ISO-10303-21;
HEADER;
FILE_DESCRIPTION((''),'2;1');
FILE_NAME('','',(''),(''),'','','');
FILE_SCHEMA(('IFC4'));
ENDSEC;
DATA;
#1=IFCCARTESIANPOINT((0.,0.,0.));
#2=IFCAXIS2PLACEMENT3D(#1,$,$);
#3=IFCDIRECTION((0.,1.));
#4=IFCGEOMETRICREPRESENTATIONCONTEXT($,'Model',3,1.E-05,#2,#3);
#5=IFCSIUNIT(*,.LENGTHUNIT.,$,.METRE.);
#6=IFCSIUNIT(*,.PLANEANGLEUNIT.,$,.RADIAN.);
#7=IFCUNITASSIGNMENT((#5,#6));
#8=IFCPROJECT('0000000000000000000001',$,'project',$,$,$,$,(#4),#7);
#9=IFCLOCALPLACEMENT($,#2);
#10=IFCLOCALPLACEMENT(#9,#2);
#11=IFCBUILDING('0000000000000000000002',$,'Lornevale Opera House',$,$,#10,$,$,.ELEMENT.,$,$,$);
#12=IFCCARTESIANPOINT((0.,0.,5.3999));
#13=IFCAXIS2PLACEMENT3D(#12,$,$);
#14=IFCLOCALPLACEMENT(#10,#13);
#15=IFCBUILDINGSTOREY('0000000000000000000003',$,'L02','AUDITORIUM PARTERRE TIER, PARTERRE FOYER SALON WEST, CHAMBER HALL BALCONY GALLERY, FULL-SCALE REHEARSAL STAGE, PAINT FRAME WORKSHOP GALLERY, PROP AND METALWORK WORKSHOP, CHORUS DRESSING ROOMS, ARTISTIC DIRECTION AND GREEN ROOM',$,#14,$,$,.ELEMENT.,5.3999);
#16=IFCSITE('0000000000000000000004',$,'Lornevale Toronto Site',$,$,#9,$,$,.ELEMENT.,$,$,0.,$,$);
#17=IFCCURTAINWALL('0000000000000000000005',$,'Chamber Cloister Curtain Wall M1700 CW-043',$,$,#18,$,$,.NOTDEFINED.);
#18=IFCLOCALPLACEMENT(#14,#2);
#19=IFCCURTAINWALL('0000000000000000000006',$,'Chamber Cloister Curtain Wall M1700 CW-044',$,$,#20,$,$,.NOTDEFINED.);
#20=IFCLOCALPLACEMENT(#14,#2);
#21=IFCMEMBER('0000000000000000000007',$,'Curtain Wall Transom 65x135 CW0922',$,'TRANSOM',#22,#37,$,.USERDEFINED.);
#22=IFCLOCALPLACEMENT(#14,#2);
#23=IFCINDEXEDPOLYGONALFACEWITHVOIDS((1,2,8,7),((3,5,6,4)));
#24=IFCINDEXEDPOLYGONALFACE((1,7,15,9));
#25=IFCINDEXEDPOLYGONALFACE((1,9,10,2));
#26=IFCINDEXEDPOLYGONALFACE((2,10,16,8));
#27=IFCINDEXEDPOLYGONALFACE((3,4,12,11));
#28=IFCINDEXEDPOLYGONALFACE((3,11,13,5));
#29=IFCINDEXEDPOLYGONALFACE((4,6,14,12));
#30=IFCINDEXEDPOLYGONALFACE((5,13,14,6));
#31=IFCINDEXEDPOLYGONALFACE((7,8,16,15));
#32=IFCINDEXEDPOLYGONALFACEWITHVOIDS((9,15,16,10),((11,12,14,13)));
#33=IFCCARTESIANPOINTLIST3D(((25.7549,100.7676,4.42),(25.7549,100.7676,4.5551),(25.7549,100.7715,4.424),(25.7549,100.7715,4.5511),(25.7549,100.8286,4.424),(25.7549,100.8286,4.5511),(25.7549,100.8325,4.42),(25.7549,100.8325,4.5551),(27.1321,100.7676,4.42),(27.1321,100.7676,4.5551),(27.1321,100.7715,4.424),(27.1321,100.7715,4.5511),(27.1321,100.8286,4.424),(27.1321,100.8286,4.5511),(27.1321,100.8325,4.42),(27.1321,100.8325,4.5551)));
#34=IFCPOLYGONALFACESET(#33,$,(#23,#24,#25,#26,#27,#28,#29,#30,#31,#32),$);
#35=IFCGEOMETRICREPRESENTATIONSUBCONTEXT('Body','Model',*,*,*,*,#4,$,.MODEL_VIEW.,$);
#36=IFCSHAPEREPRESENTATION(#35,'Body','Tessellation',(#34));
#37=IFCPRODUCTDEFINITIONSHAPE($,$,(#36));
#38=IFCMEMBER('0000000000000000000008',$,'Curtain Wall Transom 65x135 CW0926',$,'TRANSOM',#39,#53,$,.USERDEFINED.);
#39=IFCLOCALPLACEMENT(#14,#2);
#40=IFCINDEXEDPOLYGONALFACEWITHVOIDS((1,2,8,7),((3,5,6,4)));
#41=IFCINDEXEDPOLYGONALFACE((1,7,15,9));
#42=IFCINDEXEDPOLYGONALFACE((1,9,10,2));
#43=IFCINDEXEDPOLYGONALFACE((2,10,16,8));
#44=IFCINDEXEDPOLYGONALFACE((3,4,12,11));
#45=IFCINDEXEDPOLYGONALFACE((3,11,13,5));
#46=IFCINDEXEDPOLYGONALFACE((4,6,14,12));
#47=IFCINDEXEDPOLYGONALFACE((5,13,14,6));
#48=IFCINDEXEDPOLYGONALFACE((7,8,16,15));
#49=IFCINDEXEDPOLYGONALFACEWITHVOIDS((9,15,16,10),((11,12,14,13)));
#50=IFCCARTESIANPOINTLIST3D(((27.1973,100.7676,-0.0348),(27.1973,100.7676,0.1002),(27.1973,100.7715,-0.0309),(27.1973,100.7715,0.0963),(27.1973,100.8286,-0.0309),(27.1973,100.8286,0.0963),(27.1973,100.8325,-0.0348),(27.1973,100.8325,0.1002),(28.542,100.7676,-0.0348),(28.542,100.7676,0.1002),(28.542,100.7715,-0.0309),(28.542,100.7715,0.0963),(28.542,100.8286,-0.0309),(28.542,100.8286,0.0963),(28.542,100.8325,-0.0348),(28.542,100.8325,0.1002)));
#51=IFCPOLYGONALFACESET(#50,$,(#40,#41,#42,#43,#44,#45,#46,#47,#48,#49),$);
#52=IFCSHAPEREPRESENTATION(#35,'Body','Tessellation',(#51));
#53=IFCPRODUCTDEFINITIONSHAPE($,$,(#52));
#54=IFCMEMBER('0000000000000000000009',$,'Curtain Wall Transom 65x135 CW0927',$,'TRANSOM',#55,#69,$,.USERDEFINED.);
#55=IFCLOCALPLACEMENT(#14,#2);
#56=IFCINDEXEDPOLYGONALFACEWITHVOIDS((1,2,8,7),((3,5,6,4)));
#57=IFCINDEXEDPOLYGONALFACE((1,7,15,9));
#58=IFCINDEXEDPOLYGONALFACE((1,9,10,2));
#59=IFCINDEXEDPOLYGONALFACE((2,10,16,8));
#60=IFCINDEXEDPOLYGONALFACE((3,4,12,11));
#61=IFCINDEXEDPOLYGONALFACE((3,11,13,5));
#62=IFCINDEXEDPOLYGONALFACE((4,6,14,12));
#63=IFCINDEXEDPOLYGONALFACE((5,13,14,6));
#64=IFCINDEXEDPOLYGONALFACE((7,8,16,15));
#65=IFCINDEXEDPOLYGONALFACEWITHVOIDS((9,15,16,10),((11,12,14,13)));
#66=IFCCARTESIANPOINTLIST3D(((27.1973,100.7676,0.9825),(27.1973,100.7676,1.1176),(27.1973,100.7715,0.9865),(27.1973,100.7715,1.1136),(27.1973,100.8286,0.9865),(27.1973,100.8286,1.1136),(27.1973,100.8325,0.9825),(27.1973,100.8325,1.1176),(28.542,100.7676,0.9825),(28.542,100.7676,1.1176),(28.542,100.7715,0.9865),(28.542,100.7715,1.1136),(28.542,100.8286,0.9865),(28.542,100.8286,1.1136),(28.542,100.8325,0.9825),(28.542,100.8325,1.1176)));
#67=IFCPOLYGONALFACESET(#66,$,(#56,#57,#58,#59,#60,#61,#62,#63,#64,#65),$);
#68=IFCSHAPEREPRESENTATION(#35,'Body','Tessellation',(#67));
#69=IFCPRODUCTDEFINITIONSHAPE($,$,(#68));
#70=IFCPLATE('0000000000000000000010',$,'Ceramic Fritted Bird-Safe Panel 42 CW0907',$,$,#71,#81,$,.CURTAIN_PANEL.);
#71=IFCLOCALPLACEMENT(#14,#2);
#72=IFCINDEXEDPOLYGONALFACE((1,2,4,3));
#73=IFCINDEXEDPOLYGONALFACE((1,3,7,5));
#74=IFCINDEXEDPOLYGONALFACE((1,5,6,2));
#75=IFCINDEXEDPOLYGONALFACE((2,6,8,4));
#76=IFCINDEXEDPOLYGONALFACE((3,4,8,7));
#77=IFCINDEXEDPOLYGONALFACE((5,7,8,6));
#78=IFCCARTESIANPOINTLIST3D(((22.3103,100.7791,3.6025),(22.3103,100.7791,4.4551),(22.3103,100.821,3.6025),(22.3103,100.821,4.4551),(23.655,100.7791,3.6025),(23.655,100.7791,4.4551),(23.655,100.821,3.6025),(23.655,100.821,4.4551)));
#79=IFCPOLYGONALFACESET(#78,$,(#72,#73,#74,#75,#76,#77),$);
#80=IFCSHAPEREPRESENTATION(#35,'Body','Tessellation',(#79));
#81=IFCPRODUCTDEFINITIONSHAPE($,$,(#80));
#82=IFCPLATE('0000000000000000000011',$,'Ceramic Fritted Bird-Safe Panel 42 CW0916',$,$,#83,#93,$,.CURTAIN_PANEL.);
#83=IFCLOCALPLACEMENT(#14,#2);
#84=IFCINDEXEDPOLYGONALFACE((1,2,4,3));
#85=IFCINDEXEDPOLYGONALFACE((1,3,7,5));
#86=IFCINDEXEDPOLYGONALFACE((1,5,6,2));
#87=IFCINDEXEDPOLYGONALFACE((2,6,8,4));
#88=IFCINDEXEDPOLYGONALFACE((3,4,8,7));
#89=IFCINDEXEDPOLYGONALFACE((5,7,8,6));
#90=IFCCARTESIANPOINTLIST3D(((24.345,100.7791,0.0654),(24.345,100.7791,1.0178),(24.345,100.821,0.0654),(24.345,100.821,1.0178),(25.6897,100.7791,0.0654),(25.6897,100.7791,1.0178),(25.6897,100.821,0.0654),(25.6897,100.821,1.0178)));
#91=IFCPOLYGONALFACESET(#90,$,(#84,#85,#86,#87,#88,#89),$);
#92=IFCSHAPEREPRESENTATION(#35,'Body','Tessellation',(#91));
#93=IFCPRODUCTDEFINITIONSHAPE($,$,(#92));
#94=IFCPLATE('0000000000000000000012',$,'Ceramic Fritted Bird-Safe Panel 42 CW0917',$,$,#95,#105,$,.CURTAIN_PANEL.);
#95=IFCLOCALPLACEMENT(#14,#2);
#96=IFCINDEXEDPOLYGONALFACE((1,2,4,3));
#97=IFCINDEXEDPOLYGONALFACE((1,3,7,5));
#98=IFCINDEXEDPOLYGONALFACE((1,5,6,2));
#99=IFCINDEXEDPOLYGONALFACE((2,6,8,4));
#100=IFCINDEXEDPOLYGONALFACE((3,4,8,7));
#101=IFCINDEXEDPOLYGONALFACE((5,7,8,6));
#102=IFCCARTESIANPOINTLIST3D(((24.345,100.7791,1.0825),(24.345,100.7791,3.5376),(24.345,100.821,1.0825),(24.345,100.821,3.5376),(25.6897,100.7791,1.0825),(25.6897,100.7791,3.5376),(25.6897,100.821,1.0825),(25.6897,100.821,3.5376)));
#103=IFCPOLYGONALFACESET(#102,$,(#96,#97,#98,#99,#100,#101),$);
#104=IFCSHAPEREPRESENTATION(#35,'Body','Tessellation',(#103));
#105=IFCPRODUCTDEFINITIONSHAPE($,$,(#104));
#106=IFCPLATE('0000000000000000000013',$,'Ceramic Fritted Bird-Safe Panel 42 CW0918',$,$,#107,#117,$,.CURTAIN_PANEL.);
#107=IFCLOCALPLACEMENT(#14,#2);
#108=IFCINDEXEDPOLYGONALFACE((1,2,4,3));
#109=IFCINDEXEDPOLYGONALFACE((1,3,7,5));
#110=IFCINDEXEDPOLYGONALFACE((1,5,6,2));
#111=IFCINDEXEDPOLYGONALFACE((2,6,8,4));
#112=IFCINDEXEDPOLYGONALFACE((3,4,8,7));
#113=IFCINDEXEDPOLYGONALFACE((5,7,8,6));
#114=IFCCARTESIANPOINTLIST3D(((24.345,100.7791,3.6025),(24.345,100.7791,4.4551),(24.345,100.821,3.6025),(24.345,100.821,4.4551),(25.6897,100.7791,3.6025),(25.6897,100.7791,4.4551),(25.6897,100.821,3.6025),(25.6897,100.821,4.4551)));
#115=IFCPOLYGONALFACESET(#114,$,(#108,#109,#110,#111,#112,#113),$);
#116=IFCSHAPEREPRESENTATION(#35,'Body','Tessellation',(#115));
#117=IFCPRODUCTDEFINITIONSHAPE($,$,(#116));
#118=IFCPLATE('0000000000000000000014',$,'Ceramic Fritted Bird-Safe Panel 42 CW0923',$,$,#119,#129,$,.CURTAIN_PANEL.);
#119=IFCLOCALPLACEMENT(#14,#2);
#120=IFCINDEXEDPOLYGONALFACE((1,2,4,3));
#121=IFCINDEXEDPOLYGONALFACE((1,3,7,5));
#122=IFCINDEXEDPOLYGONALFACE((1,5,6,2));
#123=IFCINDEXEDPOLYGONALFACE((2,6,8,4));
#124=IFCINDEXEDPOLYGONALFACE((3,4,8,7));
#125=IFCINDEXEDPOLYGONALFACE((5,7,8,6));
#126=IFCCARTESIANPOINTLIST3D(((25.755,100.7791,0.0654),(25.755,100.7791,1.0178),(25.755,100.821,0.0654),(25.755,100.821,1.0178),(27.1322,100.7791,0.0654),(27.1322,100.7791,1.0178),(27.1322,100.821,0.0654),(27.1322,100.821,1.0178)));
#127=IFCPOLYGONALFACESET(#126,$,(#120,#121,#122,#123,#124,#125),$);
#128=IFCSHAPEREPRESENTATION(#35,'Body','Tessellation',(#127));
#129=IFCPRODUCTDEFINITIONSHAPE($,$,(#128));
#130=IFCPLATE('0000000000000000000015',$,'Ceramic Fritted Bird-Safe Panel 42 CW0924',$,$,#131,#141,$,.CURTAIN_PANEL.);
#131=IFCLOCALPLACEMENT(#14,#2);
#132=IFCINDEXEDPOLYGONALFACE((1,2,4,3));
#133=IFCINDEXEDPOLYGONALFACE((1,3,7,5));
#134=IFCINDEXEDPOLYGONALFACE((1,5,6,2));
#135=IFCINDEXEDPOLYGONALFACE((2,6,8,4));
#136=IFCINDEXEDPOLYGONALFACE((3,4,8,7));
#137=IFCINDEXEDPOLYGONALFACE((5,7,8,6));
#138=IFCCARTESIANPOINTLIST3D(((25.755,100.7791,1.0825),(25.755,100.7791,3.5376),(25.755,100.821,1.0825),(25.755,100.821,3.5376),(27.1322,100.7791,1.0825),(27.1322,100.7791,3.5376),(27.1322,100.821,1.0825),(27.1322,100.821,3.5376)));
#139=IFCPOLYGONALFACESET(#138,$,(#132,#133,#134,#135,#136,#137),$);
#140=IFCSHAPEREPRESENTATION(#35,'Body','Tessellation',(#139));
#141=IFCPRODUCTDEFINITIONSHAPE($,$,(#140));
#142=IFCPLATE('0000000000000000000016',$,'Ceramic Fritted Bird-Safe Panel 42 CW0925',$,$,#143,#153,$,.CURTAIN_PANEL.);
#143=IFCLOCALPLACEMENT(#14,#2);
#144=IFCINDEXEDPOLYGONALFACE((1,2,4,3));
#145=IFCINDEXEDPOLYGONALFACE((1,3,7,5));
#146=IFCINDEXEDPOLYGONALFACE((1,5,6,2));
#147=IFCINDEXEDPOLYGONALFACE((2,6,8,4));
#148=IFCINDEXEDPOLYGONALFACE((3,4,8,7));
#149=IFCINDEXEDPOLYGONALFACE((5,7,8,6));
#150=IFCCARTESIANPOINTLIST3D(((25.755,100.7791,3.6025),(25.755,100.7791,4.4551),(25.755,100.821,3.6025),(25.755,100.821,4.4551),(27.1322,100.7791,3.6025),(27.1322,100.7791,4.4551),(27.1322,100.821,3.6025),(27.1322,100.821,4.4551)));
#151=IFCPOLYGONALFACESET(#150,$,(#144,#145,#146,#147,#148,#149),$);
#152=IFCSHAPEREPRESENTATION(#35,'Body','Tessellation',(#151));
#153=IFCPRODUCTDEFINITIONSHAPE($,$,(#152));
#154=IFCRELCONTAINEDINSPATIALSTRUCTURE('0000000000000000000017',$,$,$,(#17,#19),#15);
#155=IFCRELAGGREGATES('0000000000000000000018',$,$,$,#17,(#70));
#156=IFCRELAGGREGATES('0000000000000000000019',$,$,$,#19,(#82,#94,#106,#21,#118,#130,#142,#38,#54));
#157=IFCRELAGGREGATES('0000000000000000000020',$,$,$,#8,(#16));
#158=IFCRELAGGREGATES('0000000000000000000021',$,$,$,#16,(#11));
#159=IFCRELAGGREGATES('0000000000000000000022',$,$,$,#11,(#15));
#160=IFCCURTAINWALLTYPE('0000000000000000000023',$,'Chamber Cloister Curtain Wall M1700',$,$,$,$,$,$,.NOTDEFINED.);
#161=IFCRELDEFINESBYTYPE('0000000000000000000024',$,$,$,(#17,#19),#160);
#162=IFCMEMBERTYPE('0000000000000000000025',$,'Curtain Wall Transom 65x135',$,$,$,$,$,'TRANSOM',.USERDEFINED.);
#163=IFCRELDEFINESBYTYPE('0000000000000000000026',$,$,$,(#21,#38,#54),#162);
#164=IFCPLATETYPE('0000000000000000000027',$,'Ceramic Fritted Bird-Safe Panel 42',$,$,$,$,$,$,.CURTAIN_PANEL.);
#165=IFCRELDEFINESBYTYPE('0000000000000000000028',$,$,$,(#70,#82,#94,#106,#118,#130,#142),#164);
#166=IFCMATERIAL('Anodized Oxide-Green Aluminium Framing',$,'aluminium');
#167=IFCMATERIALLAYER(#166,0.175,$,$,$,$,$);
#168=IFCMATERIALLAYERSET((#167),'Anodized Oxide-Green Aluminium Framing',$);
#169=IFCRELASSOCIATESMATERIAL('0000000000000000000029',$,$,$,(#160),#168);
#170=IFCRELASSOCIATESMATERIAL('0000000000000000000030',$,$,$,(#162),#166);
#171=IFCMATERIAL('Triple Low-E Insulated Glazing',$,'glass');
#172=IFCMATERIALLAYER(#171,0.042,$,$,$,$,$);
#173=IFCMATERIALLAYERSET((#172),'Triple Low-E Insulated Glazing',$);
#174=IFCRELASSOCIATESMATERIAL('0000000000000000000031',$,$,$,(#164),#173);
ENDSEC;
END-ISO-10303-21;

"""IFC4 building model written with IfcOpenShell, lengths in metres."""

from ifc_helpers import new_model, si_unit, direction, frame, origin, origin_2d, place, context, subcontext, project, spatial, rectangle, hollow_rectangle, extrude, material, layer, layer_set, material_profile, profile_set, type_object, element, aggregate, save


model = new_model("IFC4")

# Units and contexts
model_context = context("Model", 3, precision=1e-05, world=origin(), true_north=direction((0.0, 1.0)))
body_context = subcontext(model_context, "Body", "Model", "MODEL_VIEW")
ifc_project = project(units=[si_unit("LENGTHUNIT", "METRE"), si_unit("PLANEANGLEUNIT", "RADIAN")], contexts=[model_context])

# Site, building, storey
site_placement = place(None, origin())
site = spatial("IfcSite", under=ifc_project, at=site_placement, Name="Lornevale Toronto Site", CompositionType="ELEMENT", RefElevation=0.0)
building_placement = place(site_placement, origin())
building = spatial("IfcBuilding", under=site, at=building_placement, Name="Lornevale Opera House", CompositionType="ELEMENT")
storey_placement = place(building_placement, frame((0.0, 0.0, 5.3999)))
storey = spatial("IfcBuildingStorey", under=building, at=storey_placement, Name="L02", Description="AUDITORIUM PARTERRE TIER, PARTERRE FOYER SALON WEST, CHAMBER HALL BALCONY GALLERY, FULL-SCALE REHEARSAL STAGE, PAINT FRAME WORKSHOP GALLERY, PROP AND METALWORK WORKSHOP, CHORUS DRESSING ROOMS, ARTISTIC DIRECTION AND GREEN ROOM", CompositionType="ELEMENT", Elevation=5.3999)

# Curtain wall
ifc_material_1 = material(Name="Anodized Oxide-Green Aluminium Framing", Category="aluminium")
ifc_layer_1 = layer(ifc_material_1, 0.175)
ifc_layer_set_1 = layer_set([ifc_layer_1], Name="Anodized Oxide-Green Aluminium Framing")
curtain_wall_type = type_object("IfcCurtainWallType", Name="Chamber Cloister Curtain Wall M1700", PredefinedType="NOTDEFINED", material=ifc_layer_set_1)
curtain_wall_1_placement = place(storey_placement, origin())
curtain_wall_1 = element("IfcCurtainWall", 1, at=curtain_wall_1_placement, inside=storey, type_object=curtain_wall_type, Name="Chamber Cloister Curtain Wall M1700 CW-043", PredefinedType="NOTDEFINED")

# Curtain wall, members
curtain_wall_2_placement = place(storey_placement, origin())
curtain_wall_2 = element("IfcCurtainWall", 2, at=curtain_wall_2_placement, inside=storey, type_object=curtain_wall_type, Name="Chamber Cloister Curtain Wall M1700 CW-044", PredefinedType="NOTDEFINED")
ifc_material_profile_1 = material_profile(ifc_material_1, hollow_rectangle(XDim=0.0649, YDim=0.135, WallThickness=0.0039, at=origin_2d()), Name="ALU65x135x4")
ifc_profile_set_1 = profile_set([ifc_material_profile_1], Name="Anodized Oxide-Green Aluminium Framing")
member_type_1 = type_object("IfcMemberType", Name="Curtain Wall Transom 65x135", ElementType="TRANSOM", PredefinedType="USERDEFINED", material=ifc_profile_set_1)
member_1_placement = place(storey_placement, frame((25.7549, 100.8, 4.4875), z_axis=(1.0, 0.0, 0.0), x_axis=(0.0, 1.0, 0.0)))
member_1 = element("IfcMember", 3, at=member_1_placement, type_object=member_type_1, Name="Curtain Wall Transom 65x135 CW0922", ObjectType="TRANSOM", PredefinedType="USERDEFINED", context=body_context, shape_type="SweptSolid", body=[
    extrude(hollow_rectangle(XDim=0.0649, YDim=0.135, WallThickness=0.0039, at=origin_2d()), origin(), (0.0, 0.0, 1.0), 1.3772),
])
member_2_placement = place(storey_placement, frame((27.1973, 100.8, 0.0327), z_axis=(1.0, 0.0, 0.0), x_axis=(0.0, 1.0, 0.0)))
member_2 = element("IfcMember", 4, at=member_2_placement, type_object=member_type_1, Name="Curtain Wall Transom 65x135 CW0926", ObjectType="TRANSOM", PredefinedType="USERDEFINED", context=body_context, shape_type="SweptSolid", body=[
    extrude(hollow_rectangle(XDim=0.0649, YDim=0.135, WallThickness=0.0039, at=origin_2d()), origin(), (0.0, 0.0, 1.0), 1.3447),
])
member_3_placement = place(storey_placement, frame((27.1973, 100.8, 1.05), z_axis=(1.0, 0.0, 0.0), x_axis=(0.0, 1.0, 0.0)))
member_3 = element("IfcMember", 5, at=member_3_placement, type_object=member_type_1, Name="Curtain Wall Transom 65x135 CW0927", ObjectType="TRANSOM", PredefinedType="USERDEFINED", context=body_context, shape_type="SweptSolid", body=[
    extrude(hollow_rectangle(XDim=0.0649, YDim=0.135, WallThickness=0.0039, at=origin_2d()), origin(), (0.0, 0.0, 1.0), 1.3447),
])

# Plates
ifc_material_2 = material(Name="Triple Low-E Insulated Glazing", Category="glass")
ifc_layer_2 = layer(ifc_material_2, 0.042)
ifc_layer_set_2 = layer_set([ifc_layer_2], Name="Triple Low-E Insulated Glazing")
plate_type = type_object("IfcPlateType", Name="Ceramic Fritted Bird-Safe Panel 42", PredefinedType="CURTAIN_PANEL", material=ifc_layer_set_2)
plate_1_placement = place(storey_placement, frame((22.9827, 100.8, 3.6025), z_axis=(0.0, 0.0, 1.0), x_axis=(1.0, 0.0, 0.0)))
plate_1 = element("IfcPlate", 6, at=plate_1_placement, type_object=plate_type, Name="Ceramic Fritted Bird-Safe Panel 42 CW0907", PredefinedType="CURTAIN_PANEL", context=body_context, shape_type="SweptSolid", body=[
    extrude(rectangle(XDim=1.3447, YDim=0.042, at=origin_2d()), origin(), (0.0, 0.0, 1.0), 0.8525),
])
aggregate(curtain_wall_1, [plate_1])
plate_2_placement = place(storey_placement, frame((25.0173, 100.8, 0.0654), z_axis=(0.0, 0.0, 1.0), x_axis=(1.0, 0.0, 0.0)))
plate_2 = element("IfcPlate", 7, at=plate_2_placement, type_object=plate_type, Name="Ceramic Fritted Bird-Safe Panel 42 CW0916", PredefinedType="CURTAIN_PANEL", context=body_context, shape_type="SweptSolid", body=[
    extrude(rectangle(XDim=1.3447, YDim=0.042, at=origin_2d()), origin(), (0.0, 0.0, 1.0), 0.9524),
])
plate_3_placement = place(storey_placement, frame((25.0173, 100.8, 1.0825), z_axis=(0.0, 0.0, 1.0), x_axis=(1.0, 0.0, 0.0)))
plate_3 = element("IfcPlate", 8, at=plate_3_placement, type_object=plate_type, Name="Ceramic Fritted Bird-Safe Panel 42 CW0917", PredefinedType="CURTAIN_PANEL", context=body_context, shape_type="SweptSolid", body=[
    extrude(rectangle(XDim=1.3447, YDim=0.042, at=origin_2d()), origin(), (0.0, 0.0, 1.0), 2.4551),
])
plate_4_placement = place(storey_placement, frame((25.0173, 100.8, 3.6025), z_axis=(0.0, 0.0, 1.0), x_axis=(1.0, 0.0, 0.0)))
plate_4 = element("IfcPlate", 9, at=plate_4_placement, type_object=plate_type, Name="Ceramic Fritted Bird-Safe Panel 42 CW0918", PredefinedType="CURTAIN_PANEL", context=body_context, shape_type="SweptSolid", body=[
    extrude(rectangle(XDim=1.3447, YDim=0.042, at=origin_2d()), origin(), (0.0, 0.0, 1.0), 0.8525),
])
plate_5_placement = place(storey_placement, frame((26.4436, 100.8, 0.0654), z_axis=(0.0, 0.0, 1.0), x_axis=(1.0, 0.0, 0.0)))
plate_5 = element("IfcPlate", 10, at=plate_5_placement, type_object=plate_type, Name="Ceramic Fritted Bird-Safe Panel 42 CW0923", PredefinedType="CURTAIN_PANEL", context=body_context, shape_type="SweptSolid", body=[
    extrude(rectangle(XDim=1.3772, YDim=0.042, at=origin_2d()), origin(), (0.0, 0.0, 1.0), 0.9524),
])
plate_6_placement = place(storey_placement, frame((26.4436, 100.8, 1.0825), z_axis=(0.0, 0.0, 1.0), x_axis=(1.0, 0.0, 0.0)))
plate_6 = element("IfcPlate", 11, at=plate_6_placement, type_object=plate_type, Name="Ceramic Fritted Bird-Safe Panel 42 CW0924", PredefinedType="CURTAIN_PANEL", context=body_context, shape_type="SweptSolid", body=[
    extrude(rectangle(XDim=1.3772, YDim=0.042, at=origin_2d()), origin(), (0.0, 0.0, 1.0), 2.4551),
])
plate_7_placement = place(storey_placement, frame((26.4436, 100.8, 3.6025), z_axis=(0.0, 0.0, 1.0), x_axis=(1.0, 0.0, 0.0)))
plate_7 = element("IfcPlate", 12, at=plate_7_placement, type_object=plate_type, Name="Ceramic Fritted Bird-Safe Panel 42 CW0925", PredefinedType="CURTAIN_PANEL", context=body_context, shape_type="SweptSolid", body=[
    extrude(rectangle(XDim=1.3772, YDim=0.042, at=origin_2d()), origin(), (0.0, 0.0, 1.0), 0.8525),
])
aggregate(curtain_wall_2, [plate_2, plate_3, plate_4, member_1, plate_5, plate_6, plate_7, member_2, member_3])

save(model, "model.ifc")
